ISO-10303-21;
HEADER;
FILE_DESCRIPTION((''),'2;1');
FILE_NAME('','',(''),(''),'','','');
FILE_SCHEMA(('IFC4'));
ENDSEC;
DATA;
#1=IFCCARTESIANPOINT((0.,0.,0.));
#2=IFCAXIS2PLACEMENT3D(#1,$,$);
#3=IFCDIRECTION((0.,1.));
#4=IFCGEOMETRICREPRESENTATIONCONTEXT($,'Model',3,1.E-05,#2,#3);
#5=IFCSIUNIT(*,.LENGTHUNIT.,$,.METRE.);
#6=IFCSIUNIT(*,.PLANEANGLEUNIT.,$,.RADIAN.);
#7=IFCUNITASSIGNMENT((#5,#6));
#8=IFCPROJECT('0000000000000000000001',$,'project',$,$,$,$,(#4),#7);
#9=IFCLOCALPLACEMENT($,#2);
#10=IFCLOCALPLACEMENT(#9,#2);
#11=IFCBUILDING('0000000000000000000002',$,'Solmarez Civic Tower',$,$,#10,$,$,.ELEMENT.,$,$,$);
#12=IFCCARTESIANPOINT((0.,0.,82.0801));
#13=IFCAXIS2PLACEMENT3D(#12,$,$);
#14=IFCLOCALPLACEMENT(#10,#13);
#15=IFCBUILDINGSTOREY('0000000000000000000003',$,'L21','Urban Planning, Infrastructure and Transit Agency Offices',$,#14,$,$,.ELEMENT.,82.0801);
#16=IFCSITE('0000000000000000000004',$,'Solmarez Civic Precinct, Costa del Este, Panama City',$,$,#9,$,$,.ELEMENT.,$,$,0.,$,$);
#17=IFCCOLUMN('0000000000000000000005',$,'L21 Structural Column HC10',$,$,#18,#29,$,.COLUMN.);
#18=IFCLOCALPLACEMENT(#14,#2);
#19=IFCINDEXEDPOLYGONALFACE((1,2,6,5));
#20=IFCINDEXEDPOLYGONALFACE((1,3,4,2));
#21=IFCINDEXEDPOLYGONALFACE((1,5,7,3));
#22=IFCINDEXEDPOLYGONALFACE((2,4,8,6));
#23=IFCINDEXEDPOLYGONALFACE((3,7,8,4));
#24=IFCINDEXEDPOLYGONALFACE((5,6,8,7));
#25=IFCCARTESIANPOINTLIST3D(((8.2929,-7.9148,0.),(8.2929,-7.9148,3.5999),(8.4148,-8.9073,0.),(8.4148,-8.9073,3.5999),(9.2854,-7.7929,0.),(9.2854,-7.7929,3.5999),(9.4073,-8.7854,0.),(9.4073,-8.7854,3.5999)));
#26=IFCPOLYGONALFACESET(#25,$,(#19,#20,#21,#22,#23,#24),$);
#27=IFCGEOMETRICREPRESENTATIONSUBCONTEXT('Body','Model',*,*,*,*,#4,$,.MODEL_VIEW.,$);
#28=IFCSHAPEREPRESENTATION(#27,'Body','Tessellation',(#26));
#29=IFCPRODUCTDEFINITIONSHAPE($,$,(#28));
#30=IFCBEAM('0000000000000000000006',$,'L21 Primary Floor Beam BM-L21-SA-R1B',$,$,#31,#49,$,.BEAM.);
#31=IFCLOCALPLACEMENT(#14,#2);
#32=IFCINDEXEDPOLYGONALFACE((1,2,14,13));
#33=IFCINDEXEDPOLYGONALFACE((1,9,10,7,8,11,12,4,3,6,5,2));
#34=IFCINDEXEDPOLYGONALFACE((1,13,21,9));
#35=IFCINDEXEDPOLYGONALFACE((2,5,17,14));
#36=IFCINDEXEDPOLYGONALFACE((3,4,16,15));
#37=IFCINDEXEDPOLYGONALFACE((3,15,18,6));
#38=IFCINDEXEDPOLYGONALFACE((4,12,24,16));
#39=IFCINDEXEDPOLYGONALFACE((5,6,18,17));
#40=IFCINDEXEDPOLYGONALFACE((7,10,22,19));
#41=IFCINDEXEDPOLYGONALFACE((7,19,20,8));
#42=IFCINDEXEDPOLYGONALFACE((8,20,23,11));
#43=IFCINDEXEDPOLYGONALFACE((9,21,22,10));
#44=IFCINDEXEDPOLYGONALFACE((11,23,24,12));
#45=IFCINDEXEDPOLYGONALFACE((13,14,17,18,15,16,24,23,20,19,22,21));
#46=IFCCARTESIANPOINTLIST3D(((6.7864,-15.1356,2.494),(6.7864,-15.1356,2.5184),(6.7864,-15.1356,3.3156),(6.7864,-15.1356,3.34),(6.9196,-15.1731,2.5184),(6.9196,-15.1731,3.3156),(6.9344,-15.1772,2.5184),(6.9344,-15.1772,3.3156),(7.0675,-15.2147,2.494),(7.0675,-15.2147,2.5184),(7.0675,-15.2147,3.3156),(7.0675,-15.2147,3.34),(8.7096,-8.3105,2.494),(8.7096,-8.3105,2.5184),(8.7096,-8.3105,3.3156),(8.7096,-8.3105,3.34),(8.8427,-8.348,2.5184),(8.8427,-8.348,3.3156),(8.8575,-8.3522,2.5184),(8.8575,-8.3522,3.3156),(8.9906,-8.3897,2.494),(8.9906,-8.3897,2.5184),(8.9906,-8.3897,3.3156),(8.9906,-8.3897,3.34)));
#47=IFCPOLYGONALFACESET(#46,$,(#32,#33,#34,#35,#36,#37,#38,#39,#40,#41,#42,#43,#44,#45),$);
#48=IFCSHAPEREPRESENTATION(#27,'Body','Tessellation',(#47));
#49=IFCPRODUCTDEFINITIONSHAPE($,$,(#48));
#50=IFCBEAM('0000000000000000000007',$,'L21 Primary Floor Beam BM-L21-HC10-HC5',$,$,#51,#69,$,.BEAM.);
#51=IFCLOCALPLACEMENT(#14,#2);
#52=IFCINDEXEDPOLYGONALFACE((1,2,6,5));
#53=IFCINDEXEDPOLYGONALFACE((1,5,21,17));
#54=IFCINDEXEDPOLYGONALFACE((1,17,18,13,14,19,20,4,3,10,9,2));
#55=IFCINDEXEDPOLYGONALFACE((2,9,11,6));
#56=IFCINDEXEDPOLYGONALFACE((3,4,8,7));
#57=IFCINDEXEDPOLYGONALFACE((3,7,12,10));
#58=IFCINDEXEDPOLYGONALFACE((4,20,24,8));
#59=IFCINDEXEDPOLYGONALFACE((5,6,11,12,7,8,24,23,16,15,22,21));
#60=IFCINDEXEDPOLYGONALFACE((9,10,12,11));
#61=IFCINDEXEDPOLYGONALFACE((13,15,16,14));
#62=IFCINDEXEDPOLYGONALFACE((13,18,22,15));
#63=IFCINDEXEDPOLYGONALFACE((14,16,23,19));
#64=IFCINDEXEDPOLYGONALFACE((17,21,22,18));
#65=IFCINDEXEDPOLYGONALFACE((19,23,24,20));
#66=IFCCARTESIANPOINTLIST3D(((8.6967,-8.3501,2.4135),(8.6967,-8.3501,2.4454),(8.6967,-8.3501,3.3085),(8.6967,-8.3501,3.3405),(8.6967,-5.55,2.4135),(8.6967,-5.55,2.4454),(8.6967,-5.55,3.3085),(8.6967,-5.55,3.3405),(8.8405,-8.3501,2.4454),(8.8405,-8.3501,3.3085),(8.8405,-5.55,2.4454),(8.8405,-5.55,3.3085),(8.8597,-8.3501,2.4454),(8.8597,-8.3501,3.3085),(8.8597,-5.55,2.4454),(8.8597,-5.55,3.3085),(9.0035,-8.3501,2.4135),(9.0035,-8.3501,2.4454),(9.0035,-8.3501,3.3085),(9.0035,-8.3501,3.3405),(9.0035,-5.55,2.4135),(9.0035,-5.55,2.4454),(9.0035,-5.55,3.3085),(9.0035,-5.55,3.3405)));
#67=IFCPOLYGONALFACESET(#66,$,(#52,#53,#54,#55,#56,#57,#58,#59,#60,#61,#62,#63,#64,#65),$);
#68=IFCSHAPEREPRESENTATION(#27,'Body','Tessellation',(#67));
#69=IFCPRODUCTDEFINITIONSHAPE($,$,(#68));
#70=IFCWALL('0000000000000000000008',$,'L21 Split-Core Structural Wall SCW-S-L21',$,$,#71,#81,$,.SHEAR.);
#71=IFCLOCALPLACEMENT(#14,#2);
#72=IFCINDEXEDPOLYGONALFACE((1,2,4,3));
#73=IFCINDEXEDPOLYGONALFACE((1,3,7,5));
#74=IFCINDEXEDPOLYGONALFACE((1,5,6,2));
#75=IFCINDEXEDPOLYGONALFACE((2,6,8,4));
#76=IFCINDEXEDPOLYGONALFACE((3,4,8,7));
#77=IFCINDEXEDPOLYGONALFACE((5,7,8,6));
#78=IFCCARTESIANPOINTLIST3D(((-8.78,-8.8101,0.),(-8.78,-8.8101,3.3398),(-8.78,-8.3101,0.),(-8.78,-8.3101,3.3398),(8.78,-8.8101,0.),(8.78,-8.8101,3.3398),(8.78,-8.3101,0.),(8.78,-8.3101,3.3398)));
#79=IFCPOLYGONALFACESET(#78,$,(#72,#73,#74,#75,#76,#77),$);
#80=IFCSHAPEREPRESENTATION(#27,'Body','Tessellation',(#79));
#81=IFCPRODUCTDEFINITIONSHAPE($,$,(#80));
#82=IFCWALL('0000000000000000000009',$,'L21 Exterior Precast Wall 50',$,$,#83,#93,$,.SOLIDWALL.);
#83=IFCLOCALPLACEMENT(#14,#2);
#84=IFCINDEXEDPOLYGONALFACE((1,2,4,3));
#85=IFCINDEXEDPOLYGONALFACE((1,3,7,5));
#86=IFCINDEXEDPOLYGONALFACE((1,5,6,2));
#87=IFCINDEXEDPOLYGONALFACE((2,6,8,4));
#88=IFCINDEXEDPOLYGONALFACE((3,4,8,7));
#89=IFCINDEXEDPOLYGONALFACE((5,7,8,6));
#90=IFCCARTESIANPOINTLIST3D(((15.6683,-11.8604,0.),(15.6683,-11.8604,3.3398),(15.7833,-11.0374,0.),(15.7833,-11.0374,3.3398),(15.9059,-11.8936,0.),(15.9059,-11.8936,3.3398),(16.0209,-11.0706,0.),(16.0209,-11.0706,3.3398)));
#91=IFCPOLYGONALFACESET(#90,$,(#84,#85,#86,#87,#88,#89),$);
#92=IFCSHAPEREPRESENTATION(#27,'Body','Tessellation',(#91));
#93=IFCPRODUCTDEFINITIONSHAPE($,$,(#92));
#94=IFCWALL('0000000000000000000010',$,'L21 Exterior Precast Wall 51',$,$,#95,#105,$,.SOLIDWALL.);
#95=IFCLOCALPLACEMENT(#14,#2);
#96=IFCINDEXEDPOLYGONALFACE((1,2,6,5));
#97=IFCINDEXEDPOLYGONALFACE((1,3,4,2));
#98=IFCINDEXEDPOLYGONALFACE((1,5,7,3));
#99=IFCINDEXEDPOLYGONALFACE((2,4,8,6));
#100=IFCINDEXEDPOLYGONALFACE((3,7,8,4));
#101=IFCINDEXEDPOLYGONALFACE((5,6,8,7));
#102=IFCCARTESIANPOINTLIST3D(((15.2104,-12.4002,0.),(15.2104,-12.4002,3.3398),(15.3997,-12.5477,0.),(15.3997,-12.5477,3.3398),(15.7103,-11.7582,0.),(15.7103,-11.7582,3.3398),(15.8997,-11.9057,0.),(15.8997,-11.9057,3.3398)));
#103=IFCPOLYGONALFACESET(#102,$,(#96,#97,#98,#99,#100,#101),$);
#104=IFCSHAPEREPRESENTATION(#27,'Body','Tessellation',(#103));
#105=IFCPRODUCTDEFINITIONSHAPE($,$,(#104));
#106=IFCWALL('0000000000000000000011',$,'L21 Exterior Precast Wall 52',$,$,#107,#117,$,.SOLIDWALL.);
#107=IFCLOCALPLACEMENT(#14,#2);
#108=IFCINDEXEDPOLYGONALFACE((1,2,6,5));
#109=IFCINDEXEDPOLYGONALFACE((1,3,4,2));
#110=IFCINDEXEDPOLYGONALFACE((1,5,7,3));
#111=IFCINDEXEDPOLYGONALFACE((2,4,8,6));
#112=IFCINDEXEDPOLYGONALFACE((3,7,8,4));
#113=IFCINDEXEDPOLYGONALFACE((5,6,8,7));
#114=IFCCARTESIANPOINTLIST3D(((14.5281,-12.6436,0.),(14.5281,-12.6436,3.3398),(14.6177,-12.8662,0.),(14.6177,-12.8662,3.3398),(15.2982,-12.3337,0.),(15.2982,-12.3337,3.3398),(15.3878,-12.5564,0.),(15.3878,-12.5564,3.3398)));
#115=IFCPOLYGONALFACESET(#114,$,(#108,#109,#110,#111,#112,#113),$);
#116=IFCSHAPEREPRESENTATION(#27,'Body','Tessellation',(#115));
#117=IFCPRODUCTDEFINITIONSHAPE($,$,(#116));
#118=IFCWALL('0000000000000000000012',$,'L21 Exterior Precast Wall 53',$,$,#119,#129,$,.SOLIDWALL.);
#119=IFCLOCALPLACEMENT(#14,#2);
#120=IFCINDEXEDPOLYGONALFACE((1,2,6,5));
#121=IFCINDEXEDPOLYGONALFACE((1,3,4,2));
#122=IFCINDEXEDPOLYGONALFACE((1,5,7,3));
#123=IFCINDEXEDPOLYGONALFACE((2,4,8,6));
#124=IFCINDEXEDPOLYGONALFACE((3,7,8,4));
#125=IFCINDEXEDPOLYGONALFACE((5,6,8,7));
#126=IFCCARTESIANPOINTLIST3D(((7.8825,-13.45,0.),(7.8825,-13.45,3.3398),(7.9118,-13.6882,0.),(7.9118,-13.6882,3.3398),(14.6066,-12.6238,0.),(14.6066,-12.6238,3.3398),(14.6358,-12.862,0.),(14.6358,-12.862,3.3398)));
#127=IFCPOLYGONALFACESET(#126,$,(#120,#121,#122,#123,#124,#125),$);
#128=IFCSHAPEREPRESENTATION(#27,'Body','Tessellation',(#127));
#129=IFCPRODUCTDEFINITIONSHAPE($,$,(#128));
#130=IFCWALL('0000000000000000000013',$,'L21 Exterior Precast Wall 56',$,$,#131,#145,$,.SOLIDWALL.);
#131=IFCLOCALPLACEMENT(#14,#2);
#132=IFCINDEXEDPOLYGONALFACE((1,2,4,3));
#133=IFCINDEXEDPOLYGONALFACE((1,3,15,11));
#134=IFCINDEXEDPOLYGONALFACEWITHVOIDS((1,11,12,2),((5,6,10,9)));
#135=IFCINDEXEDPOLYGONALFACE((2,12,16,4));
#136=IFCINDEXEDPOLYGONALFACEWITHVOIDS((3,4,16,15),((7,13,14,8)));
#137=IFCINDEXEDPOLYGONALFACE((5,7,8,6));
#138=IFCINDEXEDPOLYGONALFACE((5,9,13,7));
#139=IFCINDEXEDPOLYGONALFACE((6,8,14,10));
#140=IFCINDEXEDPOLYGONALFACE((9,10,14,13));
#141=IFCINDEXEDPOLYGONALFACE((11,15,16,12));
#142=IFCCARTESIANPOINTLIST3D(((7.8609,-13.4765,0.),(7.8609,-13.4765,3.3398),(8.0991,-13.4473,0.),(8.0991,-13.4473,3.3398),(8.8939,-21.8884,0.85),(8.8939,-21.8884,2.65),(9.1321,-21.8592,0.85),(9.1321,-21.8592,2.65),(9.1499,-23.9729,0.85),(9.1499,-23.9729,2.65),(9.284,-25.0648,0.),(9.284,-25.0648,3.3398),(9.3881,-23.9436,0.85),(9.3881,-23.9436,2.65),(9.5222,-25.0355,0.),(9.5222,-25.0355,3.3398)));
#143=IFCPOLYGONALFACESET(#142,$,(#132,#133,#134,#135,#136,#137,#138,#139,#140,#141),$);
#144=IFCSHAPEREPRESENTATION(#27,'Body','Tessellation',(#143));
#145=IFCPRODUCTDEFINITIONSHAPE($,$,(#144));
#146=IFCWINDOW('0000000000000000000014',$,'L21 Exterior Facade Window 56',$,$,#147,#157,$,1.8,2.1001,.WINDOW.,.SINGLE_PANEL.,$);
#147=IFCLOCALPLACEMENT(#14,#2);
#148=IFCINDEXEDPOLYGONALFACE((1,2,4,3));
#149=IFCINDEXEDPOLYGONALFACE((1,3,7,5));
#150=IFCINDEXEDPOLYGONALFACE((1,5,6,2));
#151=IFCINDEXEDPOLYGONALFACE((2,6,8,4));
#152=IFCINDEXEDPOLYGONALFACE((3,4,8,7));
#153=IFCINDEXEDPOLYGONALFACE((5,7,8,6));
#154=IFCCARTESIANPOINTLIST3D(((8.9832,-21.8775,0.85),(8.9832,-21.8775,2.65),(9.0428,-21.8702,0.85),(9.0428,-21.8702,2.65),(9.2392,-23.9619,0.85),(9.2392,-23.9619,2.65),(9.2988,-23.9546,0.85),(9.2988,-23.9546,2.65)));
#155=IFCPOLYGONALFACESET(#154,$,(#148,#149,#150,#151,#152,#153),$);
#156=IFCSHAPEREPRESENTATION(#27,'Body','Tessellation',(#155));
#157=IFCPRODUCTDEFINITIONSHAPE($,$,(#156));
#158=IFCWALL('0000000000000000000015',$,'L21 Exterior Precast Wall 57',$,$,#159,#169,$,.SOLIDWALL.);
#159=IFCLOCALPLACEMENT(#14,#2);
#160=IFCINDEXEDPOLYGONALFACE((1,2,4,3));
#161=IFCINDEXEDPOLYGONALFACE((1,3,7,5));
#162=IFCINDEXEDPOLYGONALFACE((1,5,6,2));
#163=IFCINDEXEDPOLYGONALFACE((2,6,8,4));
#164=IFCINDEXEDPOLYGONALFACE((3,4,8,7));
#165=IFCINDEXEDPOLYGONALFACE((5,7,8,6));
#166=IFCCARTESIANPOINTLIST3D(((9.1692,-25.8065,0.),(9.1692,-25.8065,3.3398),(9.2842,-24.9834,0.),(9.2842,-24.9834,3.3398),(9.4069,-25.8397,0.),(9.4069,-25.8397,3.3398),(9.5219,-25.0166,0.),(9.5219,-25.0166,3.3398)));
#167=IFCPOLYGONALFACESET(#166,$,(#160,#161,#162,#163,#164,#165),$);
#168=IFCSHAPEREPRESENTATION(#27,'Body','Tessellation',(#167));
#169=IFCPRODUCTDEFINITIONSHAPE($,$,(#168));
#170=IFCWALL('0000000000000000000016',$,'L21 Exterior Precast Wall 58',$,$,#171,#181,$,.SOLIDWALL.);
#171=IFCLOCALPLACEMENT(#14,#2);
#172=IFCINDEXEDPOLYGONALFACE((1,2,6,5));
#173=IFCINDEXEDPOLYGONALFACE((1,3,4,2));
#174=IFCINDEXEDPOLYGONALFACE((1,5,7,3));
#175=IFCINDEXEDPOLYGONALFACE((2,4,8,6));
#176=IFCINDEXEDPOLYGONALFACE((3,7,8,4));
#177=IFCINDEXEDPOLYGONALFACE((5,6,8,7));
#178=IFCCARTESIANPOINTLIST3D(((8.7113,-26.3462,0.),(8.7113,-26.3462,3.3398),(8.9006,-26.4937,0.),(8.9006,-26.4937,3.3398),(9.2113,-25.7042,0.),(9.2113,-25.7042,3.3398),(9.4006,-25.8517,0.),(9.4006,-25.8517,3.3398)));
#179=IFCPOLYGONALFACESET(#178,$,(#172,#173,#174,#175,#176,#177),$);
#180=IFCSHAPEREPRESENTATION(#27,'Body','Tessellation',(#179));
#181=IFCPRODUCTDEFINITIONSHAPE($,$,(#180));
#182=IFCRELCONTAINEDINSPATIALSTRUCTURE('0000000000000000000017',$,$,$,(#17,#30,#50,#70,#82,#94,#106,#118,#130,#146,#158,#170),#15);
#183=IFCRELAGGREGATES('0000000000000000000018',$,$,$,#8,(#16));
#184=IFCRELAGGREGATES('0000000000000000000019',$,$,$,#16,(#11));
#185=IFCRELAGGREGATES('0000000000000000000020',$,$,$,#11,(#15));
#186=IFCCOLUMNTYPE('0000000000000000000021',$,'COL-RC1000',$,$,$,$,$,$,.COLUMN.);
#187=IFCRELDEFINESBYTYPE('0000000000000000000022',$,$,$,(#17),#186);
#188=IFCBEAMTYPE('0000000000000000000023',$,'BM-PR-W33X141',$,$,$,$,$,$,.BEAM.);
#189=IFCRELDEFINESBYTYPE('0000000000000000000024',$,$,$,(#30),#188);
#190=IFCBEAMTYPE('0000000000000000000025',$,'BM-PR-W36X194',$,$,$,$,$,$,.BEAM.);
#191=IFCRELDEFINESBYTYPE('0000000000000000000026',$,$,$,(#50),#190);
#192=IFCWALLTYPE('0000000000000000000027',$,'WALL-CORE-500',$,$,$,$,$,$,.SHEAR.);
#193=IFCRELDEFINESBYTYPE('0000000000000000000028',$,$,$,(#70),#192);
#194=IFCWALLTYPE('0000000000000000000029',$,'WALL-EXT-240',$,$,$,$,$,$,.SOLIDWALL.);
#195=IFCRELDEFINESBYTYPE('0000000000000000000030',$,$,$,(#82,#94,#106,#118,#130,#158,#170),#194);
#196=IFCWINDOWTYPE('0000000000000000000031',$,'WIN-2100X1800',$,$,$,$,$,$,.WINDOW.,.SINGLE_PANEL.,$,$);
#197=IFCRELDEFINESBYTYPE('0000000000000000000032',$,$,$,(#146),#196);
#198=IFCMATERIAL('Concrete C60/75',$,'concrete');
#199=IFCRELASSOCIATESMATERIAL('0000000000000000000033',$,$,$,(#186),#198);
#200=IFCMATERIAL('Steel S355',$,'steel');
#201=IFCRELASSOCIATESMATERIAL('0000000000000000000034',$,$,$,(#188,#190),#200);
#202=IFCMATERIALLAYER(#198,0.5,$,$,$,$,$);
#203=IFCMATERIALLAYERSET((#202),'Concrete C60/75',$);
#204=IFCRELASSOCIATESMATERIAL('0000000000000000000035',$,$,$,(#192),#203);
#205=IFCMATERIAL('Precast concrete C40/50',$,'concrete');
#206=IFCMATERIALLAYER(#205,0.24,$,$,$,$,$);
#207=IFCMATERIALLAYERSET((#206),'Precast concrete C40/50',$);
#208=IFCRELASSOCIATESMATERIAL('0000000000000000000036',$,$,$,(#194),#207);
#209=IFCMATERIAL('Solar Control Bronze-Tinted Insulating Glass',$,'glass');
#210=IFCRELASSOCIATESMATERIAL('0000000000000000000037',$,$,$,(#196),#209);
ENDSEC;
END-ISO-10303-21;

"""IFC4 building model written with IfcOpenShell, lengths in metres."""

from ifc_helpers import new_model, si_unit, direction, frame, frame_2d, origin, origin_2d, place, context, subcontext, project, spatial, rectangle, i_section, extrude, material, layer, layer_set, material_profile, profile_set, type_object, element, fill, save


model = new_model("IFC4")

# Units and contexts
model_context = context("Model", 3, precision=1e-05, world=origin(), true_north=direction((0.0, 1.0)))
body_context = subcontext(model_context, "Body", "Model", "MODEL_VIEW")
ifc_project = project(units=[si_unit("LENGTHUNIT", "METRE"), si_unit("PLANEANGLEUNIT", "RADIAN")], contexts=[model_context])

# Site, building, storey
site_placement = place(None, origin())
site = spatial("IfcSite", under=ifc_project, at=site_placement, Name="Solmarez Civic Precinct, Costa del Este, Panama City", CompositionType="ELEMENT", RefElevation=0.0)
building_placement = place(site_placement, origin())
building = spatial("IfcBuilding", under=site, at=building_placement, Name="Solmarez Civic Tower", CompositionType="ELEMENT")
storey_placement = place(building_placement, frame((0.0, 0.0, 82.0801)))
storey = spatial("IfcBuildingStorey", under=building, at=storey_placement, Name="L21", Description="Urban Planning, Infrastructure and Transit Agency Offices", CompositionType="ELEMENT", Elevation=82.0801)

# Column
ifc_material_1 = material(Name="Concrete C60/75", Category="concrete")
ifc_material_profile_1 = material_profile(ifc_material_1, rectangle(XDim=1.0, YDim=1.0, at=origin_2d()), Name="RC1000X1000")
ifc_profile_set_1 = profile_set([ifc_material_profile_1], Name="Concrete C60/75")
column_type = type_object("IfcColumnType", Name="COL-RC1000", PredefinedType="COLUMN", material=ifc_profile_set_1)
column_placement = place(storey_placement, frame((8.8501, -8.3501, 0.0), z_axis=(0.0, 0.0, 1.0), x_axis=(0.992546, 0.121869, 0.0)))
element("IfcColumn", 1, at=column_placement, inside=storey, type_object=column_type, Name="L21 Structural Column HC10", PredefinedType="COLUMN", context=body_context, shape_type="SweptSolid", body=[
    extrude(rectangle(XDim=1.0, YDim=1.0, at=origin_2d()), origin(), (0.0, 0.0, 1.0), 3.5999),
])

# Beams
ifc_material_2 = material(Name="Steel S355", Category="steel")
ifc_material_profile_2 = material_profile(ifc_material_2, i_section(OverallWidth=0.292, OverallDepth=0.8459, WebThickness=0.0154, FlangeThickness=0.0244, at=origin_2d()), Name="W33X141")
ifc_profile_set_2 = profile_set([ifc_material_profile_2], Name="Steel S355")
beam_type_1 = type_object("IfcBeamType", Name="BM-PR-W33X141", PredefinedType="BEAM", material=ifc_profile_set_2)
beam_1_placement = place(storey_placement, frame((8.8501, -8.3501, 2.917), z_axis=(-0.271213, -0.962519, 0.0), x_axis=(0.962519, -0.271213, 0.0)))
element("IfcBeam", 2, at=beam_1_placement, inside=storey, type_object=beam_type_1, Name="L21 Primary Floor Beam BM-L21-SA-R1B", PredefinedType="BEAM", context=body_context, shape_type="SweptSolid", body=[
    extrude(i_section(OverallWidth=0.292, OverallDepth=0.8459, WebThickness=0.0154, FlangeThickness=0.0244, at=origin_2d()), origin(), (0.0, 0.0, 1.0), 7.0908),
])
ifc_material_profile_3 = material_profile(ifc_material_2, i_section(OverallWidth=0.3069, OverallDepth=0.927, WebThickness=0.0193, FlangeThickness=0.032, at=origin_2d()), Name="W36X194")
ifc_profile_set_3 = profile_set([ifc_material_profile_3], Name="Steel S355")
beam_type_2 = type_object("IfcBeamType", Name="BM-PR-W36X194", PredefinedType="BEAM", material=ifc_profile_set_3)
beam_2_placement = place(storey_placement, frame((8.8501, -8.3501, 2.877), z_axis=(0.0, 1.0, 0.0), x_axis=(-1.0, 0.0, 0.0)))
element("IfcBeam", 3, at=beam_2_placement, inside=storey, type_object=beam_type_2, Name="L21 Primary Floor Beam BM-L21-HC10-HC5", PredefinedType="BEAM", context=body_context, shape_type="SweptSolid", body=[
    extrude(i_section(OverallWidth=0.3069, OverallDepth=0.927, WebThickness=0.0193, FlangeThickness=0.032, at=origin_2d()), origin(), (0.0, 0.0, 1.0), 2.8),
])

# Walls
ifc_layer_1 = layer(ifc_material_1, 0.5)
ifc_layer_set_1 = layer_set([ifc_layer_1], Name="Concrete C60/75")
wall_type_1 = type_object("IfcWallType", Name="WALL-CORE-500", PredefinedType="SHEAR", material=ifc_layer_set_1)
wall_1_placement = place(storey_placement, frame((8.78, -8.5601, 0.0), z_axis=(0.0, 0.0, 1.0), x_axis=(-1.0, 0.0, 0.0)))
element("IfcWall", 4, at=wall_1_placement, inside=storey, type_object=wall_type_1, Name="L21 Split-Core Structural Wall SCW-S-L21", PredefinedType="SHEAR", context=body_context, shape_type="SweptSolid", body=[
    extrude(rectangle(XDim=17.5601, YDim=0.5, at=frame_2d((8.78, 0.0))), origin(), (0.0, 0.0, 1.0), 3.3398),
])
ifc_material_3 = material(Name="Precast concrete C40/50", Category="concrete")
ifc_layer_2 = layer(ifc_material_3, 0.24)
ifc_layer_set_2 = layer_set([ifc_layer_2], Name="Precast concrete C40/50")
wall_type_2 = type_object("IfcWallType", Name="WALL-EXT-240", PredefinedType="SOLIDWALL", material=ifc_layer_set_2)
wall_2_placement = place(storey_placement, frame((15.9021, -11.054, 0.0), z_axis=(0.0, 0.0, 1.0), x_axis=(-0.138377, -0.99038, 0.0)))
element("IfcWall", 5, at=wall_2_placement, inside=storey, type_object=wall_type_2, Name="L21 Exterior Precast Wall 50", PredefinedType="SOLIDWALL", context=body_context, shape_type="SweptSolid", body=[
    extrude(rectangle(XDim=0.8311, YDim=0.24, at=frame_2d((0.4155, 0.0))), origin(), (0.0, 0.0, 1.0), 3.3398),
])
wall_3_placement = place(storey_placement, frame((15.8049, -11.832, 0.0), z_axis=(0.0, 0.0, 1.0), x_axis=(-0.614397, -0.788997, 0.0)))
element("IfcWall", 6, at=wall_3_placement, inside=storey, type_object=wall_type_2, Name="L21 Exterior Precast Wall 51", PredefinedType="SOLIDWALL", context=body_context, shape_type="SweptSolid", body=[
    extrude(rectangle(XDim=0.8137, YDim=0.24, at=frame_2d((0.4067, 0.0))), origin(), (0.0, 0.0, 1.0), 3.3398),
])
wall_4_placement = place(storey_placement, frame((15.343, -12.4451, 0.0), z_axis=(0.0, 0.0, 1.0), x_axis=(-0.927724, -0.373266, 0.0)))
element("IfcWall", 7, at=wall_4_placement, inside=storey, type_object=wall_type_2, Name="L21 Exterior Precast Wall 52", PredefinedType="SOLIDWALL", context=body_context, shape_type="SweptSolid", body=[
    extrude(rectangle(XDim=0.8301, YDim=0.24, at=frame_2d((0.415, 0.0))), origin(), (0.0, 0.0, 1.0), 3.3398),
])
wall_5_placement = place(storey_placement, frame((14.6211, -12.7429, 0.0), z_axis=(0.0, 0.0, 1.0), x_axis=(-0.992536, -0.12195, 0.0)))
element("IfcWall", 8, at=wall_5_placement, inside=storey, type_object=wall_type_2, Name="L21 Exterior Precast Wall 53", PredefinedType="SOLIDWALL", context=body_context, shape_type="SweptSolid", body=[
    extrude(rectangle(XDim=6.7747, YDim=0.24, at=frame_2d((3.3872, 0.0))), origin(), (0.0, 0.0, 1.0), 3.3398),
])

# Wall, opening, window
wall_6_placement = place(storey_placement, frame((7.98, -13.4619, 0.0), z_axis=(0.0, 0.0, 1.0), x_axis=(0.121891, -0.992544, 0.0)))
wall_6 = element("IfcWall", 9, at=wall_6_placement, inside=storey, type_object=wall_type_2, Name="L21 Exterior Precast Wall 56", PredefinedType="SOLIDWALL", context=body_context, shape_type="SweptSolid", body=[
    extrude(rectangle(XDim=11.6753, YDim=0.24, at=frame_2d((5.8376, 0.0))), origin(), (0.0, 0.0, 1.0), 3.3398),
])
opening_1_placement = place(wall_6_placement, frame((8.4751, 0.0, 0.8501)))
opening_1 = element("IfcOpeningElement", 10, at=opening_1_placement, cuts=wall_6, PredefinedType="OPENING", context=body_context, shape_type="SweptSolid", body=[
    extrude(rectangle(XDim=2.1001, YDim=1.8, at=frame_2d((1.05, 0.8999))), frame((0.0, 0.1299, 0.0), z_axis=(0.0, -1.0, 0.0), x_axis=(1.0, 0.0, 0.0)), (0.0, 0.0, 1.0), 0.26),
])
ifc_material_4 = material(Name="Solar Control Bronze-Tinted Insulating Glass", Category="glass")
window_type_1 = type_object("IfcWindowType", Name="WIN-2100X1800", PartitioningType="SINGLE_PANEL", PredefinedType="WINDOW", material=ifc_material_4)
window_1_placement = place(opening_1_placement, origin())
window_1 = element("IfcWindow", 11, at=window_1_placement, inside=storey, type_object=window_type_1, Name="L21 Exterior Facade Window 56", OverallHeight=1.8, OverallWidth=2.1001, PartitioningType="SINGLE_PANEL", PredefinedType="WINDOW", context=body_context, shape_type="SweptSolid", body=[
    extrude(rectangle(XDim=2.1001, YDim=1.8, at=frame_2d((1.05, 0.8999))), frame((0.0, 0.03, 0.0), z_axis=(0.0, -1.0, 0.0), x_axis=(1.0, 0.0, 0.0)), (0.0, 0.0, 1.0), 0.0601),
])
fill(opening_1, window_1)

# Walls
wall_7_placement = place(storey_placement, frame((9.4031, -25.0, 0.0), z_axis=(0.0, 0.0, 1.0), x_axis=(-0.138377, -0.99038, 0.0)))
element("IfcWall", 12, at=wall_7_placement, inside=storey, type_object=wall_type_2, Name="L21 Exterior Precast Wall 57", PredefinedType="SOLIDWALL", context=body_context, shape_type="SweptSolid", body=[
    extrude(rectangle(XDim=0.8311, YDim=0.24, at=frame_2d((0.4155, 0.0))), origin(), (0.0, 0.0, 1.0), 3.3398),
])
wall_8_placement = place(storey_placement, frame((9.3059, -25.7781, 0.0), z_axis=(0.0, 0.0, 1.0), x_axis=(-0.614543, -0.788883, 0.0)))
element("IfcWall", 13, at=wall_8_placement, inside=storey, type_object=wall_type_2, Name="L21 Exterior Precast Wall 58", PredefinedType="SOLIDWALL", context=body_context, shape_type="SweptSolid", body=[
    extrude(rectangle(XDim=0.8137, YDim=0.24, at=frame_2d((0.4067, 0.0))), origin(), (0.0, 0.0, 1.0), 3.3398),
])

save(model, "model.ifc")
